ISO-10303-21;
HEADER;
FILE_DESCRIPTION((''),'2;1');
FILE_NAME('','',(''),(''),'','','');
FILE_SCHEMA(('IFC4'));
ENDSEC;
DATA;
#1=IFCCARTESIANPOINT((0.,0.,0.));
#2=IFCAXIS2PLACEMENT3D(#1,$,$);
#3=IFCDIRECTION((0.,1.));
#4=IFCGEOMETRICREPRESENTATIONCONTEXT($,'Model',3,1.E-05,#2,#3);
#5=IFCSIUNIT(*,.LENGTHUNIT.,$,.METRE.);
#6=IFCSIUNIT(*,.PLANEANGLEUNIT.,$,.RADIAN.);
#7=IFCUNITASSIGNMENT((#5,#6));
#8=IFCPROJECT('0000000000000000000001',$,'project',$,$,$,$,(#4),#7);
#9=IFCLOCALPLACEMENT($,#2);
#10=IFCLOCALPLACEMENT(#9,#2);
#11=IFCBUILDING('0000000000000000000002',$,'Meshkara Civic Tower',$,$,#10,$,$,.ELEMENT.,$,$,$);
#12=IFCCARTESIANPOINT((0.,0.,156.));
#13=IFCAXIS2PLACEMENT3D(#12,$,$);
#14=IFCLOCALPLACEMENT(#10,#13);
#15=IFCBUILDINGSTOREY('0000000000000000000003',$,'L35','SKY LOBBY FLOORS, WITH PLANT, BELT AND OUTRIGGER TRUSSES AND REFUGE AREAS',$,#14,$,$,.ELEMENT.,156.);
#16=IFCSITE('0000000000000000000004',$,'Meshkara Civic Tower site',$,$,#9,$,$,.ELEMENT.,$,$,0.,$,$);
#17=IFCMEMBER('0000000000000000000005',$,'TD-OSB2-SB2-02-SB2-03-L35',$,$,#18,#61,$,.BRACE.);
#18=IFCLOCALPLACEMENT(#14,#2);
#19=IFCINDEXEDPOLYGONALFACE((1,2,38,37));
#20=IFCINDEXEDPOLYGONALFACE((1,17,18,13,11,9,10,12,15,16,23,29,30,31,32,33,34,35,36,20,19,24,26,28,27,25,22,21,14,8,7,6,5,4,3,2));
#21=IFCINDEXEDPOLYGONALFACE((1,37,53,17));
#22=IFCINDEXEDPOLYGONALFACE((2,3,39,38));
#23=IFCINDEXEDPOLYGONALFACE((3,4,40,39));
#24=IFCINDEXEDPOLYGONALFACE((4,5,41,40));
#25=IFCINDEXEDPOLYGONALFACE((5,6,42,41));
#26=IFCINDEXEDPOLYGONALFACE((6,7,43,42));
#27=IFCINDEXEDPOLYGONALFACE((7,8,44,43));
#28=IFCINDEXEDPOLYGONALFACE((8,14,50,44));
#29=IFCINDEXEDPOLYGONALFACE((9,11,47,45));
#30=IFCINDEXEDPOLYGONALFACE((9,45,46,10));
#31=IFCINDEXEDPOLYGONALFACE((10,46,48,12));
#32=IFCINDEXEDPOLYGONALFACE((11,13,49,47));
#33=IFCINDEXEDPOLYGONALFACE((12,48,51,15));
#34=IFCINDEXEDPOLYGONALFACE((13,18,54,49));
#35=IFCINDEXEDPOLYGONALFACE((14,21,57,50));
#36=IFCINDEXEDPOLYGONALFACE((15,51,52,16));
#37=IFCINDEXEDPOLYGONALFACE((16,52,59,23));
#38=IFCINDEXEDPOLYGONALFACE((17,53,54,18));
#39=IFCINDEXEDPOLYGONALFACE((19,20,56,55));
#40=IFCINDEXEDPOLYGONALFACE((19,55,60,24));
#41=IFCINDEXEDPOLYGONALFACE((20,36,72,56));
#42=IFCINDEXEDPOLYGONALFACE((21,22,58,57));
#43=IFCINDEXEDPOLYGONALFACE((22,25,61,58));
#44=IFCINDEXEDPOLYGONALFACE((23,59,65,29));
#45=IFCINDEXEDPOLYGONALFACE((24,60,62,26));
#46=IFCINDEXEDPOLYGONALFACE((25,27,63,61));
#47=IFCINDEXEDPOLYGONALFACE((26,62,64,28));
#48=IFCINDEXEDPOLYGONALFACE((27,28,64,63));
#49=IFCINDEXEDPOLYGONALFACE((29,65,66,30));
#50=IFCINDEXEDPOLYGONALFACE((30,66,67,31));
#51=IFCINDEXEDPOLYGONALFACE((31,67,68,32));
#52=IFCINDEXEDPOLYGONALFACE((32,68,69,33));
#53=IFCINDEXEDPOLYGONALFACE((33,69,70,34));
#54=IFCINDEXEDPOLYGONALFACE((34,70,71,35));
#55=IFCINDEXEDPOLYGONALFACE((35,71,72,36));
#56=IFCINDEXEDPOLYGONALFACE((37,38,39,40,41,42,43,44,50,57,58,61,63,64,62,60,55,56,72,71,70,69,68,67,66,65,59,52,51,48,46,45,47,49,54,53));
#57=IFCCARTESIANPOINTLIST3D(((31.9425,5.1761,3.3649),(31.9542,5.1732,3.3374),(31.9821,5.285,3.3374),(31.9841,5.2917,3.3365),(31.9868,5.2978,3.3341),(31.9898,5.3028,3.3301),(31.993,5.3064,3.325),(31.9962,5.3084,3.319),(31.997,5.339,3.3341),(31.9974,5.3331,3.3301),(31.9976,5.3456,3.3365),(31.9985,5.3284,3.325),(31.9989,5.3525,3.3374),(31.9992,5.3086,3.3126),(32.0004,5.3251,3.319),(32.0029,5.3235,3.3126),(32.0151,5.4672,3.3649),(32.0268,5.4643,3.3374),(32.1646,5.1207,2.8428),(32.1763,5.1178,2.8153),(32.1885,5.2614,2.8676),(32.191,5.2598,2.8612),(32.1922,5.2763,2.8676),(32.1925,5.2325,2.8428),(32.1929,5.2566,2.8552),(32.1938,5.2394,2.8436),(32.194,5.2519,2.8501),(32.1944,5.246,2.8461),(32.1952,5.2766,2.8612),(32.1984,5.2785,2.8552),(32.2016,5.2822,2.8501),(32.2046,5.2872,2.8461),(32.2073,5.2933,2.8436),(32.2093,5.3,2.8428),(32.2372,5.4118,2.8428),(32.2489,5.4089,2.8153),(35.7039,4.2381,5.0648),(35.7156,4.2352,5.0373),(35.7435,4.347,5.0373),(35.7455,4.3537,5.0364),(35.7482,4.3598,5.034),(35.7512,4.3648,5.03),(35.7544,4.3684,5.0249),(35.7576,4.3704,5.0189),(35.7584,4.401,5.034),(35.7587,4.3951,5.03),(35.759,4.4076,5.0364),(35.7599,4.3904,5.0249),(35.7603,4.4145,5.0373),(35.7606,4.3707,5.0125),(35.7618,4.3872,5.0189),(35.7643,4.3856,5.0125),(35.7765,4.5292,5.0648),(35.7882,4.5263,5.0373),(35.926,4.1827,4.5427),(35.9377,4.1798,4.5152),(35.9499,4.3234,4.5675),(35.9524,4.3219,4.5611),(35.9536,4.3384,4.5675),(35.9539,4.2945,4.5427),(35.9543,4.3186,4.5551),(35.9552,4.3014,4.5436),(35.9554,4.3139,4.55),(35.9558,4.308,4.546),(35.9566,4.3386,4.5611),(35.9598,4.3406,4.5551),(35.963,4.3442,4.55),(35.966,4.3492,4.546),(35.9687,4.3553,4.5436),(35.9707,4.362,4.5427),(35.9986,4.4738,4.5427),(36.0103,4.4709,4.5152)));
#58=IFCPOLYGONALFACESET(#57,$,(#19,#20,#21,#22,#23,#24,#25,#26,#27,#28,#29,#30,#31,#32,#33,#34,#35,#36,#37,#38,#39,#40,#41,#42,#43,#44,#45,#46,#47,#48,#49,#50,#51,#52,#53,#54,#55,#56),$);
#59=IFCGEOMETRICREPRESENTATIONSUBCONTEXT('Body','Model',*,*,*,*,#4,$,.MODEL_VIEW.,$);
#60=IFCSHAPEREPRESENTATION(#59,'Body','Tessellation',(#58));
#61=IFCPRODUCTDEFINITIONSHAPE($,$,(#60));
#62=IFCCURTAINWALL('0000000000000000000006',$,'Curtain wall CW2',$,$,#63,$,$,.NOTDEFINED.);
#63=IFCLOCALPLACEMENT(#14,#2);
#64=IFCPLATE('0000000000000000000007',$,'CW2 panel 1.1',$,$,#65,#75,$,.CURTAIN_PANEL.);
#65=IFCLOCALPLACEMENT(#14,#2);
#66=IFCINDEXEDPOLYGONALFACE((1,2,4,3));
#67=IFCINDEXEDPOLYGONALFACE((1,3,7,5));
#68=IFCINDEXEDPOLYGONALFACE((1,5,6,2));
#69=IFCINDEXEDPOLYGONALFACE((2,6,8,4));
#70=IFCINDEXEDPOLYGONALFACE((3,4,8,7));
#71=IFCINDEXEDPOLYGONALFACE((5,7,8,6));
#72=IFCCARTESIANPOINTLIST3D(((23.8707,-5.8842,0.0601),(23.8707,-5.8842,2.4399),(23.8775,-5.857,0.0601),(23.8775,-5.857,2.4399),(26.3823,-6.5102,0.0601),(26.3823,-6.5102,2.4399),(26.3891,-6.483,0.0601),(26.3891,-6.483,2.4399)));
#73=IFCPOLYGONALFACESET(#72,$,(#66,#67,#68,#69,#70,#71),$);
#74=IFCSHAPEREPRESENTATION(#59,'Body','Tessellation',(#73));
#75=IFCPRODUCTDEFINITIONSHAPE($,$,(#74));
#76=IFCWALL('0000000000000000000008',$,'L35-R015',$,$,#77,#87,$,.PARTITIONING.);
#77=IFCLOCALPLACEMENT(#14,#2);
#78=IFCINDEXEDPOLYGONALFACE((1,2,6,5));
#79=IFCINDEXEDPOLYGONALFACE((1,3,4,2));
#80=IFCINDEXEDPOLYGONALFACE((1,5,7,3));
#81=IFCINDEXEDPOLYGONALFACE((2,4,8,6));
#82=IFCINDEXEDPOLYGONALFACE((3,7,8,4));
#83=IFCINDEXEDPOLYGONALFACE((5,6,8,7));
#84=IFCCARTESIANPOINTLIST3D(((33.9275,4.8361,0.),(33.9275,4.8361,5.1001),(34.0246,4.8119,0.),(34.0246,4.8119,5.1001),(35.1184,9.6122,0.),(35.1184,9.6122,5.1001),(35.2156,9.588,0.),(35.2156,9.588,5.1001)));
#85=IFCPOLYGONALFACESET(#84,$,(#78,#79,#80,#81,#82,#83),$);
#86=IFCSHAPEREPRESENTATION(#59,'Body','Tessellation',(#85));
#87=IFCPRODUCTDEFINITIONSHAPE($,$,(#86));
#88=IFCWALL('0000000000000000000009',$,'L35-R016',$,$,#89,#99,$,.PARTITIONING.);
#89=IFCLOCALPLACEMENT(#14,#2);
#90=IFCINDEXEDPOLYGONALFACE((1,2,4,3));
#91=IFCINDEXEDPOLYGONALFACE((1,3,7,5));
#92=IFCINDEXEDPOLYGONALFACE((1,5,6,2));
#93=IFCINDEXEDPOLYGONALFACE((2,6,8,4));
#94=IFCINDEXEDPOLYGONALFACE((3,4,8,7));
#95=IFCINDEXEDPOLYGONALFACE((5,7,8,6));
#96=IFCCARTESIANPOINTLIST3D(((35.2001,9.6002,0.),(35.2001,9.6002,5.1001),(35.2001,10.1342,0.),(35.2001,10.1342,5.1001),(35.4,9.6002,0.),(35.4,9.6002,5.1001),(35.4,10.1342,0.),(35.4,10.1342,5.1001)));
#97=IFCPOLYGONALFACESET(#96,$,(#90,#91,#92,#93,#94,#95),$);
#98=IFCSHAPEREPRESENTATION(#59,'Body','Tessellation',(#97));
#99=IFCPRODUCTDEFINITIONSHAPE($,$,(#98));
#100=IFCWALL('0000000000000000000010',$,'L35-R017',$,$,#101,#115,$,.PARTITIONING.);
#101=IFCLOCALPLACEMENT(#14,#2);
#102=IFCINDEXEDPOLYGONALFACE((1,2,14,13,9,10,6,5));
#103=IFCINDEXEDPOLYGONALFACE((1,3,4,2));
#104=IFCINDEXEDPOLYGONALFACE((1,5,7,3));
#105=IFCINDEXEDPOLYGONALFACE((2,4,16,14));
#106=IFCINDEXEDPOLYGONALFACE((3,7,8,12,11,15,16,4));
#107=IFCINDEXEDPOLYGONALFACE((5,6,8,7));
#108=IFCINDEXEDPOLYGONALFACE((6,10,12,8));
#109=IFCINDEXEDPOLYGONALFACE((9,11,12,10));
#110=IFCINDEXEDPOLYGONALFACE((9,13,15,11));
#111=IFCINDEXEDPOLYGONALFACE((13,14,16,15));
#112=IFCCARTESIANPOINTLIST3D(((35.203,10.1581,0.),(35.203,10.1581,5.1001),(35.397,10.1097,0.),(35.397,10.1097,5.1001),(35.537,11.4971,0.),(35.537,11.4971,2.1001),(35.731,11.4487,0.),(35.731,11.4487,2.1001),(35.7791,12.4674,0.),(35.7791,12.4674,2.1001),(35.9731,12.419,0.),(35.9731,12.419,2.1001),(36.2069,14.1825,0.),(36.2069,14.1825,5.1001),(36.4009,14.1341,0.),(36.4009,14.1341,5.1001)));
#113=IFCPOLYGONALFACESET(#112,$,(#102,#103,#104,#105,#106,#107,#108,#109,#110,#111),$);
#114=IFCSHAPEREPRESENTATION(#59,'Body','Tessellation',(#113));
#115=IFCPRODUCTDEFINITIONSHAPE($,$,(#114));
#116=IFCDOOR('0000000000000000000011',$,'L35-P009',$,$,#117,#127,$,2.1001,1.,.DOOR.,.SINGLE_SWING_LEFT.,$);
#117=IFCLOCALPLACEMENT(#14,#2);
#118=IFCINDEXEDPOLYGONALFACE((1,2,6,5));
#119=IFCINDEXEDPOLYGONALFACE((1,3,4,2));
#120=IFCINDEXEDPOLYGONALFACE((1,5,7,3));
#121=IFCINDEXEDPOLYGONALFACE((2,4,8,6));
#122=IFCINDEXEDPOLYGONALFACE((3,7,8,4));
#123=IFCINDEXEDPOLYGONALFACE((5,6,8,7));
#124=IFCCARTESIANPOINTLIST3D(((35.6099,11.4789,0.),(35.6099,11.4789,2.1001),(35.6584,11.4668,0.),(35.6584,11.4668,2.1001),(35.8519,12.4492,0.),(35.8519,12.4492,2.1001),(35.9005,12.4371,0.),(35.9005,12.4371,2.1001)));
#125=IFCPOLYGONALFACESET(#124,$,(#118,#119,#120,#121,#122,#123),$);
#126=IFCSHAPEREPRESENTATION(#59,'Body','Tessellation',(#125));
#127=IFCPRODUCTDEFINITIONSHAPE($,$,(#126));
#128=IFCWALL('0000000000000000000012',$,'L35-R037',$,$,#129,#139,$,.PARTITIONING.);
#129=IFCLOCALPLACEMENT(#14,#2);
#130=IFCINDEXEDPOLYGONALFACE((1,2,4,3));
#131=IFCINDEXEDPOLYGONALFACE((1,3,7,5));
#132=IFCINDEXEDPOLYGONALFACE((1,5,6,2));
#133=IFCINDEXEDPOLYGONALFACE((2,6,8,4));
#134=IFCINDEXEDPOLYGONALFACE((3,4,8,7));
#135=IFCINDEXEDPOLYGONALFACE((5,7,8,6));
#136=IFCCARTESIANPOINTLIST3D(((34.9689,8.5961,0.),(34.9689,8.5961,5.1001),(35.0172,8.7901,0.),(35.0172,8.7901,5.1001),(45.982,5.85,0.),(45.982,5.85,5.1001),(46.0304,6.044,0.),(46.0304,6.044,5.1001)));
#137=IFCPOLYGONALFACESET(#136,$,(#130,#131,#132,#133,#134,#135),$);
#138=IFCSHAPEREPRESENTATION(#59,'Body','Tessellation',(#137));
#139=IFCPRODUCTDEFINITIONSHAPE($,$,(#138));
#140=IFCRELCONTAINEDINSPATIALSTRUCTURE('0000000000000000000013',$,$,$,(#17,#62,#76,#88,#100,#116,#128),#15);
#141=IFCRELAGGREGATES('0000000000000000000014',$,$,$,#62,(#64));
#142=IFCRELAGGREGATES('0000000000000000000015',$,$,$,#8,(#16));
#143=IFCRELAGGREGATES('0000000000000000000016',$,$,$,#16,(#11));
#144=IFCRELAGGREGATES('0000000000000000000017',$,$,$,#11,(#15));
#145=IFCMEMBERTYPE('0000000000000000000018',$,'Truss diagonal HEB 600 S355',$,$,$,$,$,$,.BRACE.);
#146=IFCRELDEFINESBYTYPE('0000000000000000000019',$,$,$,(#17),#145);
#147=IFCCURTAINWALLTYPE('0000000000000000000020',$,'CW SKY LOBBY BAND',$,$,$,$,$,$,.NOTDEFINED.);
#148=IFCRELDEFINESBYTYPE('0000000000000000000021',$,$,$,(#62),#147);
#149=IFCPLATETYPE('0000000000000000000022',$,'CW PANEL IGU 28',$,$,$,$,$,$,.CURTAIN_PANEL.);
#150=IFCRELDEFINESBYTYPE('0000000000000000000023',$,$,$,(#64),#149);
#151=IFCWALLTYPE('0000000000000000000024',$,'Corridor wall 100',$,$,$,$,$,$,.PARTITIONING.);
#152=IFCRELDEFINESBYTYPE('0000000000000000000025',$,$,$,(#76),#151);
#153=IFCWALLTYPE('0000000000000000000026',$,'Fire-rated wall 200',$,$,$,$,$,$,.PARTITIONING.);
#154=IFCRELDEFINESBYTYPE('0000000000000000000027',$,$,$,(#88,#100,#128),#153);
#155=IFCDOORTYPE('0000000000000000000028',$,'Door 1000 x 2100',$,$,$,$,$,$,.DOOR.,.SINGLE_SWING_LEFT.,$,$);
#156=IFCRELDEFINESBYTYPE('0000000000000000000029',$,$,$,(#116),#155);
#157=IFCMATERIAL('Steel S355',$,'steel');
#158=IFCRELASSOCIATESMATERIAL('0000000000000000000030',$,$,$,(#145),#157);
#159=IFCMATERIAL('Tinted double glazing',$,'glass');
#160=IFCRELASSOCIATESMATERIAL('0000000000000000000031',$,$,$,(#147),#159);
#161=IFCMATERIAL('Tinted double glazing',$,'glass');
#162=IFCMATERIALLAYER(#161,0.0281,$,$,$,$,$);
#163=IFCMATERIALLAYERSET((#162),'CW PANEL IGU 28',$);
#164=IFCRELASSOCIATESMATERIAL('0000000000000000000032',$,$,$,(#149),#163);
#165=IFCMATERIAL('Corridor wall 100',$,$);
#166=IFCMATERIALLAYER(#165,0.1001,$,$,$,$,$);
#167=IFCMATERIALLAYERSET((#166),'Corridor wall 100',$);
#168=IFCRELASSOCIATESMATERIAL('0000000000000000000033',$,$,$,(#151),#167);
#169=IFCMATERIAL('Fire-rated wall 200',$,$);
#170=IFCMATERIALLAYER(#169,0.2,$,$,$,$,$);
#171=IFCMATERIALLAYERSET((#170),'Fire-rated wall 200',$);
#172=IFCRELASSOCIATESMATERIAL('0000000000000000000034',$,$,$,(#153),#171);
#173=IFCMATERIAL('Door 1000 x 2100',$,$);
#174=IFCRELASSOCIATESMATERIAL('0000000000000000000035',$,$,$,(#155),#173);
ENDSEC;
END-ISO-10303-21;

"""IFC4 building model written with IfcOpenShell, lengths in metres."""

from ifc_helpers import new_model, si_unit, direction, frame, frame_2d, origin, origin_2d, place, context, subcontext, project, spatial, rectangle, i_section, extrude, material, layer, layer_set, material_profile, profile_set, type_object, element, fill, aggregate, save


model = new_model("IFC4")

# Units and contexts
model_context = context("Model", 3, precision=1e-05, world=origin(), true_north=direction((0.0, 1.0)))
body_context = subcontext(model_context, "Body", "Model", "MODEL_VIEW")
ifc_project = project(units=[si_unit("LENGTHUNIT", "METRE"), si_unit("PLANEANGLEUNIT", "RADIAN")], contexts=[model_context])

# Site, building, storey
site_placement = place(None, origin())
site = spatial("IfcSite", under=ifc_project, at=site_placement, Name="Meshkara Civic Tower site", CompositionType="ELEMENT", RefElevation=0.0)
building_placement = place(site_placement, origin())
building = spatial("IfcBuilding", under=site, at=building_placement, Name="Meshkara Civic Tower", CompositionType="ELEMENT")
storey_placement = place(building_placement, frame((0.0, 0.0, 156.0)))
storey = spatial("IfcBuildingStorey", under=building, at=storey_placement, Name="L35", Description="SKY LOBBY FLOORS, WITH PLANT, BELT AND OUTRIGGER TRUSSES AND REFUGE AREAS", CompositionType="ELEMENT", Elevation=156.0)

# Member
ifc_material_1 = material(Name="Steel S355", Category="steel")
ifc_material_profile_1 = material_profile(ifc_material_1, i_section(OverallWidth=0.3, OverallDepth=0.6001, WebThickness=0.0154, FlangeThickness=0.03, FilletRadius=0.0271, at=origin_2d()))
ifc_profile_set_1 = profile_set([ifc_material_profile_1], Name="Steel S355")
member_type = type_object("IfcMemberType", Name="Truss diagonal HEB 600 S355", PredefinedType="BRACE", material=ifc_profile_set_1)
for number, where, z_axis, x_axis, name in (
    (1, (32.0957, 5.2925, 3.0901), (0.888606, -0.221589, 0.401594), (0.241958, 0.970287, 0.0), "TD-OSB2-SB2-02-SB2-03-L35"),
):
    element("IfcMember", number, at=place(storey_placement, frame(where, z_axis=z_axis, x_axis=x_axis)), inside=storey, type_object=member_type, Name=name, PredefinedType="BRACE", context=body_context, shape_type="SweptSolid", body=[
        extrude(i_section(OverallWidth=0.3, OverallDepth=0.6001, WebThickness=0.0154, FlangeThickness=0.03, FilletRadius=0.0271, at=origin_2d()), origin(), (0.0, 0.0, 1.0), 4.2329),
    ])

# Curtain wall, plate
ifc_material_2 = material(Name="Tinted double glazing", Category="glass")
curtain_wall_type = type_object("IfcCurtainWallType", Name="CW SKY LOBBY BAND", PredefinedType="NOTDEFINED", material=ifc_material_2)
curtain_wall_placement = place(storey_placement, origin())
curtain_wall = element("IfcCurtainWall", 2, at=curtain_wall_placement, inside=storey, type_object=curtain_wall_type, Name="Curtain wall CW2", PredefinedType="NOTDEFINED")
ifc_material_3 = material(Name="Tinted double glazing", Category="glass")
ifc_layer_1 = layer(ifc_material_3, 0.0281)
ifc_layer_set_1 = layer_set([ifc_layer_1], Name="CW PANEL IGU 28")
plate_type = type_object("IfcPlateType", Name="CW PANEL IGU 28", PredefinedType="CURTAIN_PANEL", material=ifc_layer_set_1)
plate_placement = place(storey_placement, frame((25.1299, -6.1836, 0.0601), z_axis=(0.0, 0.0, 1.0), x_axis=(0.970316, -0.241841, 0.0)))
plate = element("IfcPlate", 3, at=plate_placement, type_object=plate_type, Name="CW2 panel 1.1", PredefinedType="CURTAIN_PANEL", context=body_context, shape_type="SweptSolid", body=[
    extrude(rectangle(XDim=2.5884, YDim=0.0281, at=origin_2d()), origin(), (0.0, 0.0, 1.0), 2.3799),
])
aggregate(curtain_wall, [plate])

# Walls
ifc_material_4 = material(Name="Corridor wall 100")
ifc_layer_2 = layer(ifc_material_4, 0.1001)
ifc_layer_set_2 = layer_set([ifc_layer_2], Name="Corridor wall 100")
wall_type_1 = type_object("IfcWallType", Name="Corridor wall 100", PredefinedType="PARTITIONING", material=ifc_layer_set_2)
wall_1_placement = place(storey_placement, frame((33.9761, 4.824, 0.0), z_axis=(0.0, 0.0, 1.0), x_axis=(0.24194, 0.970291, 0.0)))
element("IfcWall", 4, at=wall_1_placement, inside=storey, type_object=wall_type_1, Name="L35-R015", PredefinedType="PARTITIONING", context=body_context, shape_type="SweptSolid", body=[
    extrude(rectangle(XDim=4.9224, YDim=0.1001, at=frame_2d((2.4612, 0.0))), origin(), (0.0, 0.0, 1.0), 5.1001),
])
ifc_material_5 = material(Name="Fire-rated wall 200")
ifc_layer_3 = layer(ifc_material_5, 0.2)
ifc_layer_set_3 = layer_set([ifc_layer_3], Name="Fire-rated wall 200")
wall_type_2 = type_object("IfcWallType", Name="Fire-rated wall 200", PredefinedType="PARTITIONING", material=ifc_layer_set_3)
wall_2_placement = place(storey_placement, frame((35.3, 9.6001, 0.0), z_axis=(0.0, 0.0, 1.0), x_axis=(0.0, 1.0, 0.0)))
element("IfcWall", 5, at=wall_2_placement, inside=storey, type_object=wall_type_2, Name="L35-R016", PredefinedType="PARTITIONING", context=body_context, shape_type="SweptSolid", body=[
    extrude(rectangle(XDim=0.5339, YDim=0.2, at=frame_2d((0.2671, 0.0))), origin(), (0.0, 0.0, 1.0), 5.1001),
])

# Wall, opening, door
wall_3_placement = place(storey_placement, frame((35.3, 10.134, 0.0), z_axis=(0.0, 0.0, 1.0), x_axis=(0.242037, 0.970267, 0.0)))
wall_3 = element("IfcWall", 6, at=wall_3_placement, inside=storey, type_object=wall_type_2, Name="L35-R017", PredefinedType="PARTITIONING", context=body_context, shape_type="SweptSolid", body=[
    extrude(rectangle(XDim=4.1477, YDim=0.2, at=frame_2d((2.0737, 0.0))), origin(), (0.0, 0.0, 1.0), 5.1001),
])
opening_placement = place(wall_3_placement, frame((1.3799, 0.0, 0.0)))
opening = element("IfcOpeningElement", 7, at=opening_placement, cuts=wall_3, PredefinedType="OPENING", context=body_context, shape_type="SweptSolid", body=[
    extrude(rectangle(XDim=1.0, YDim=2.1001, at=frame_2d((0.5, 1.05))), frame((0.0, 0.1099, 0.0), z_axis=(0.0, -1.0, 0.0), x_axis=(1.0, 0.0, 0.0)), (0.0, 0.0, 1.0), 0.22),
])
ifc_material_6 = material(Name="Door 1000 x 2100")
door_type = type_object("IfcDoorType", Name="Door 1000 x 2100", OperationType="SINGLE_SWING_LEFT", PredefinedType="DOOR", material=ifc_material_6)
door_placement = place(opening_placement, origin())
door = element("IfcDoor", 8, at=door_placement, inside=storey, type_object=door_type, Name="L35-P009", OperationType="SINGLE_SWING_LEFT", OverallHeight=2.1001, OverallWidth=1.0, PredefinedType="DOOR", context=body_context, shape_type="SweptSolid", body=[
    extrude(rectangle(XDim=1.0, YDim=2.1001, at=frame_2d((0.5, 1.05))), frame((0.0, 0.0249, 0.0), z_axis=(0.0, -1.0, 0.0), x_axis=(1.0, 0.0, 0.0)), (0.0, 0.0, 1.0), 0.05),
])
fill(opening, door)

# Wall
wall_4_placement = place(storey_placement, frame((34.9929, 8.6931, 0.0), z_axis=(0.0, 0.0, 1.0), x_axis=(0.970292, -0.241938, 0.0)))
element("IfcWall", 9, at=wall_4_placement, inside=storey, type_object=wall_type_2, Name="L35-R037", PredefinedType="PARTITIONING", context=body_context, shape_type="SweptSolid", body=[
    extrude(rectangle(XDim=11.3503, YDim=0.2, at=frame_2d((5.6753, 0.0))), origin(), (0.0, 0.0, 1.0), 5.1001),
])

save(model, "model.ifc")
